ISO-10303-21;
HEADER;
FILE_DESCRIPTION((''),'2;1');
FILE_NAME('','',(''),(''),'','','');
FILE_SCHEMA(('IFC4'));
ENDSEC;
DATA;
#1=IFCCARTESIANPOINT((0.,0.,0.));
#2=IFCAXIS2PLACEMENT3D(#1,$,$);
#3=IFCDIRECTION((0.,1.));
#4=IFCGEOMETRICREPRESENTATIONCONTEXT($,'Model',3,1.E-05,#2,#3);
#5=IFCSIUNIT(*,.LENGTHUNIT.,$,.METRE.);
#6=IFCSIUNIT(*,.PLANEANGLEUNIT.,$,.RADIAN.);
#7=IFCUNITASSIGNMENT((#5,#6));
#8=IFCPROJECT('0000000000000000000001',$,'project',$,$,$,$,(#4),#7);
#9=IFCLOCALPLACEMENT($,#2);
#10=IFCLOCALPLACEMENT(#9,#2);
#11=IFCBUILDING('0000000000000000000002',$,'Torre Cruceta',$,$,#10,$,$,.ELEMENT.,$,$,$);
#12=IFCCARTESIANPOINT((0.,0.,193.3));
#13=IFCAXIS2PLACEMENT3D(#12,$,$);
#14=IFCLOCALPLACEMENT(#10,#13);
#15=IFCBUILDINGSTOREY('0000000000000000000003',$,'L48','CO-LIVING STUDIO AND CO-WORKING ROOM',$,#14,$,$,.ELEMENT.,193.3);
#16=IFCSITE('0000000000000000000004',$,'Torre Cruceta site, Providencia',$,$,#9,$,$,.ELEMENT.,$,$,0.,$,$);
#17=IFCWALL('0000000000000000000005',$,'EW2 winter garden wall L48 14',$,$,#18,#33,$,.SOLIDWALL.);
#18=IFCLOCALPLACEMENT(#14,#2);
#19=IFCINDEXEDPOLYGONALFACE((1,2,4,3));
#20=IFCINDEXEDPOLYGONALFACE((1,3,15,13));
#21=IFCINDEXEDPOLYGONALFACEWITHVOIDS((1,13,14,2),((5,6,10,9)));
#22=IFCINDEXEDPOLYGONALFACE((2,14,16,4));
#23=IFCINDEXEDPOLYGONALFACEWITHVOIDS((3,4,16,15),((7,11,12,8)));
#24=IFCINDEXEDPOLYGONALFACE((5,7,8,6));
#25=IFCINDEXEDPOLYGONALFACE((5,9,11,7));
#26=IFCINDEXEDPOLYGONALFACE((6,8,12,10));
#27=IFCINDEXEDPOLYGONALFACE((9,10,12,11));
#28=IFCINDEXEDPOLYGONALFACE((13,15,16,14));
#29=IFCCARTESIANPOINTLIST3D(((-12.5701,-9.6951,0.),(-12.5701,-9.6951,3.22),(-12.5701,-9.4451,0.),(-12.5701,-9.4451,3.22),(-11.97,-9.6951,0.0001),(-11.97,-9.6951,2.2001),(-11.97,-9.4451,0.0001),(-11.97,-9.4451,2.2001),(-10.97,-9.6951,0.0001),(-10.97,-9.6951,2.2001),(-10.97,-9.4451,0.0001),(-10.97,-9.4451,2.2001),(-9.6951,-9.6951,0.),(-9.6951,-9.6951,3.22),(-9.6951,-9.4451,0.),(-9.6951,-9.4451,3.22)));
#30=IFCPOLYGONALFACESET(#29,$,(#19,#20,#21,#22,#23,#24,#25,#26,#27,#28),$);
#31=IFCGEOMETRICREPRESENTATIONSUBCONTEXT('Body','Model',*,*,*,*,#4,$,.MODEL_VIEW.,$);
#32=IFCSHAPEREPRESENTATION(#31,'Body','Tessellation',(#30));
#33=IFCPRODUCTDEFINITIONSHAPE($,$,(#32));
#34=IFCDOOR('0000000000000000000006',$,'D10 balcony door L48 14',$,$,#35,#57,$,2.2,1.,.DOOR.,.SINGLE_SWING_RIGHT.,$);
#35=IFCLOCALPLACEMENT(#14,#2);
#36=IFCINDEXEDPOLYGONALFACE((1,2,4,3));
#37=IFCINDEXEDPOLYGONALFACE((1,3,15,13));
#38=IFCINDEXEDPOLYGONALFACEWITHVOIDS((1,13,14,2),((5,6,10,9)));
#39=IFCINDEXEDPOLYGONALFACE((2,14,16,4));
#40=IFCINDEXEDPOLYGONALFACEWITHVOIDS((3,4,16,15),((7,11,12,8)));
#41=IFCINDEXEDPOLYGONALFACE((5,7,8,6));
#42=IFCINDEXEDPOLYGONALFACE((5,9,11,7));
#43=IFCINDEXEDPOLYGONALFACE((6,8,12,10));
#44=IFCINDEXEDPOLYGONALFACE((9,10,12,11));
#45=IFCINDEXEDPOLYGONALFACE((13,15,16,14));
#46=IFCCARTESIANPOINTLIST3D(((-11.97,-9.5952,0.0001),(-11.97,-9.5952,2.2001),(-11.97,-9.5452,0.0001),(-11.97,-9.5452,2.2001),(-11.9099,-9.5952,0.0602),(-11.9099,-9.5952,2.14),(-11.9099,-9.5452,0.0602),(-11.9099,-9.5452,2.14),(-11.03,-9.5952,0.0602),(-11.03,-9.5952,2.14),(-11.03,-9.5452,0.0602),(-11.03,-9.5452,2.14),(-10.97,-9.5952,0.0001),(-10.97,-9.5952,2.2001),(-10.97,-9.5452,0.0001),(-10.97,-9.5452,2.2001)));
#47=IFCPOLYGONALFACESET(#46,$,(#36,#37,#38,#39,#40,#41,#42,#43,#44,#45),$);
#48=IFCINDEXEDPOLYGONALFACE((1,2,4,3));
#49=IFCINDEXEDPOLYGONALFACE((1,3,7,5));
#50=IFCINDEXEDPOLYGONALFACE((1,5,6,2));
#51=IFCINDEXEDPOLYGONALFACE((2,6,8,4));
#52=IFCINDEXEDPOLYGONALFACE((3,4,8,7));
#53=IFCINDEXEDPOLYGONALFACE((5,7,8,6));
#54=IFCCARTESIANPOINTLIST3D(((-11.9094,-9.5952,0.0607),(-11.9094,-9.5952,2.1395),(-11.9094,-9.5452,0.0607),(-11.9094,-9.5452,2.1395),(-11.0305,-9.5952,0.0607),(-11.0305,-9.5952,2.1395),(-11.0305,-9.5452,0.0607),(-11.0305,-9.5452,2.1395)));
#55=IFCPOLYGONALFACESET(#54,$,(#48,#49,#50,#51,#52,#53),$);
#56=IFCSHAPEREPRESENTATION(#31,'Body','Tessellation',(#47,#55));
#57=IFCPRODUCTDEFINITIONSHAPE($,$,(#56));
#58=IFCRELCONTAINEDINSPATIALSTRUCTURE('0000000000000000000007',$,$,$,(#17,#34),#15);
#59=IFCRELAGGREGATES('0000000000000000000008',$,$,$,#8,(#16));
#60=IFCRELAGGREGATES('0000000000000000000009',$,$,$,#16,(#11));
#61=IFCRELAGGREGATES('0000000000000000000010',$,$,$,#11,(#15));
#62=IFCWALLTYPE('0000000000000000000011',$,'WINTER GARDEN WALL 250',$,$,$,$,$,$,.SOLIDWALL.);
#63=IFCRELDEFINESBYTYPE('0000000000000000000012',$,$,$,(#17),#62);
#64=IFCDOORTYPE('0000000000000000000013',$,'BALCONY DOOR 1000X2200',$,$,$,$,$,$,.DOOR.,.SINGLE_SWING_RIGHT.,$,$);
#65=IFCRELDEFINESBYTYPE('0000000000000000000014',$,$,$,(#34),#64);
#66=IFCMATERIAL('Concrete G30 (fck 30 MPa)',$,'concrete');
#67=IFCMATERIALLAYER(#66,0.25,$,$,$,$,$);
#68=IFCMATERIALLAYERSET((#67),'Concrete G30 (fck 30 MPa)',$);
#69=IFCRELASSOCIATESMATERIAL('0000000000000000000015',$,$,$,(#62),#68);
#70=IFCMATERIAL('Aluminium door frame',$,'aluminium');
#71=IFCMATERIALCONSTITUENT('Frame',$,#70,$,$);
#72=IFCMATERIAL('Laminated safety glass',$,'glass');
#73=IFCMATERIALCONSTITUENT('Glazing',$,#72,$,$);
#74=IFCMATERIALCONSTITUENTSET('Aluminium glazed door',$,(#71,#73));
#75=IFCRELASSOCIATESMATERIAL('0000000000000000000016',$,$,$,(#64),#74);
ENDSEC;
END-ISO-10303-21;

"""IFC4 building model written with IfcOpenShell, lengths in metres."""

from ifc_helpers import new_model, si_unit, direction, frame, frame_2d, origin, place, context, subcontext, project, spatial, rectangle, hollow_rectangle, extrude, material, layer, layer_set, constituent, constituent_set, type_object, element, fill, save


model = new_model("IFC4")

# Units and contexts
model_context = context("Model", 3, precision=1e-05, world=origin(), true_north=direction((0.0, 1.0)))
body_context = subcontext(model_context, "Body", "Model", "MODEL_VIEW")
ifc_project = project(units=[si_unit("LENGTHUNIT", "METRE"), si_unit("PLANEANGLEUNIT", "RADIAN")], contexts=[model_context])

# Site, building, storey
site_placement = place(None, origin())
site = spatial("IfcSite", under=ifc_project, at=site_placement, Name="Torre Cruceta site, Providencia", CompositionType="ELEMENT", RefElevation=0.0)
building_placement = place(site_placement, origin())
building = spatial("IfcBuilding", under=site, at=building_placement, Name="Torre Cruceta", CompositionType="ELEMENT")
storey_placement = place(building_placement, frame((0.0, 0.0, 193.3)))
storey = spatial("IfcBuildingStorey", under=building, at=storey_placement, Name="L48", Description="CO-LIVING STUDIO AND CO-WORKING ROOM", CompositionType="ELEMENT", Elevation=193.3)

# Wall, opening, door
ifc_material_1 = material(Name="Concrete G30 (fck 30 MPa)", Category="concrete")
ifc_layer_1 = layer(ifc_material_1, 0.25)
ifc_layer_set_1 = layer_set([ifc_layer_1], Name="Concrete G30 (fck 30 MPa)")
wall_type_1 = type_object("IfcWallType", Name="WINTER GARDEN WALL 250", PredefinedType="SOLIDWALL", material=ifc_layer_set_1)
wall_1_placement = place(storey_placement, frame((-12.5701, -9.5701, 0.0), z_axis=(0.0, 0.0, 1.0), x_axis=(1.0, 0.0, 0.0)))
wall_1 = element("IfcWall", 1, at=wall_1_placement, inside=storey, type_object=wall_type_1, Name="EW2 winter garden wall L48 14", PredefinedType="SOLIDWALL", context=body_context, shape_type="SweptSolid", body=[
    extrude(rectangle(XDim=2.875, YDim=0.25, at=frame_2d((1.4375, 0.0))), origin(), (0.0, 0.0, 1.0), 3.22),
])
opening_1_placement = place(wall_1_placement, frame((0.6001, 0.0, 0.0)))
opening_1 = element("IfcOpeningElement", 2, at=opening_1_placement, cuts=wall_1, PredefinedType="OPENING", context=body_context, shape_type="SweptSolid", body=[
    extrude(rectangle(XDim=1.0, YDim=2.2, at=frame_2d((0.5, 1.1001))), frame((0.0, 0.135, 0.0), z_axis=(0.0, -1.0, 0.0), x_axis=(1.0, 0.0, 0.0)), (0.0, 0.0, 1.0), 0.27),
])
ifc_material_2 = material(Name="Aluminium door frame", Category="aluminium")
ifc_constituent_1 = constituent(ifc_material_2, Name="Frame")
ifc_material_3 = material(Name="Laminated safety glass", Category="glass")
ifc_constituent_2 = constituent(ifc_material_3, Name="Glazing")
ifc_constituent_set_1 = constituent_set(constituents=[ifc_constituent_1, ifc_constituent_2], Name="Aluminium glazed door")
door_type_1 = type_object("IfcDoorType", Name="BALCONY DOOR 1000X2200", OperationType="SINGLE_SWING_RIGHT", PredefinedType="DOOR", material=ifc_constituent_set_1)
door_1_placement = place(opening_1_placement, origin())
door_1 = element("IfcDoor", 3, at=door_1_placement, inside=storey, type_object=door_type_1, Name="D10 balcony door L48 14", OperationType="SINGLE_SWING_RIGHT", OverallHeight=2.2, OverallWidth=1.0, PredefinedType="DOOR", context=body_context, shape_type="SweptSolid", body=[
    extrude(hollow_rectangle(XDim=1.0, YDim=2.2, WallThickness=0.0601, at=frame_2d((0.5, 1.1001))), frame((0.0, 0.0249, 0.0), z_axis=(0.0, -1.0, 0.0), x_axis=(1.0, 0.0, 0.0)), (0.0, 0.0, 1.0), 0.05),
    extrude(rectangle(XDim=0.8789, YDim=2.0789, at=frame_2d((0.5, 1.1001))), frame((0.0, 0.0249, 0.0), z_axis=(0.0, -1.0, 0.0), x_axis=(1.0, 0.0, 0.0)), (0.0, 0.0, 1.0), 0.05),
])
fill(opening_1, door_1)

save(model, "model.ifc")
